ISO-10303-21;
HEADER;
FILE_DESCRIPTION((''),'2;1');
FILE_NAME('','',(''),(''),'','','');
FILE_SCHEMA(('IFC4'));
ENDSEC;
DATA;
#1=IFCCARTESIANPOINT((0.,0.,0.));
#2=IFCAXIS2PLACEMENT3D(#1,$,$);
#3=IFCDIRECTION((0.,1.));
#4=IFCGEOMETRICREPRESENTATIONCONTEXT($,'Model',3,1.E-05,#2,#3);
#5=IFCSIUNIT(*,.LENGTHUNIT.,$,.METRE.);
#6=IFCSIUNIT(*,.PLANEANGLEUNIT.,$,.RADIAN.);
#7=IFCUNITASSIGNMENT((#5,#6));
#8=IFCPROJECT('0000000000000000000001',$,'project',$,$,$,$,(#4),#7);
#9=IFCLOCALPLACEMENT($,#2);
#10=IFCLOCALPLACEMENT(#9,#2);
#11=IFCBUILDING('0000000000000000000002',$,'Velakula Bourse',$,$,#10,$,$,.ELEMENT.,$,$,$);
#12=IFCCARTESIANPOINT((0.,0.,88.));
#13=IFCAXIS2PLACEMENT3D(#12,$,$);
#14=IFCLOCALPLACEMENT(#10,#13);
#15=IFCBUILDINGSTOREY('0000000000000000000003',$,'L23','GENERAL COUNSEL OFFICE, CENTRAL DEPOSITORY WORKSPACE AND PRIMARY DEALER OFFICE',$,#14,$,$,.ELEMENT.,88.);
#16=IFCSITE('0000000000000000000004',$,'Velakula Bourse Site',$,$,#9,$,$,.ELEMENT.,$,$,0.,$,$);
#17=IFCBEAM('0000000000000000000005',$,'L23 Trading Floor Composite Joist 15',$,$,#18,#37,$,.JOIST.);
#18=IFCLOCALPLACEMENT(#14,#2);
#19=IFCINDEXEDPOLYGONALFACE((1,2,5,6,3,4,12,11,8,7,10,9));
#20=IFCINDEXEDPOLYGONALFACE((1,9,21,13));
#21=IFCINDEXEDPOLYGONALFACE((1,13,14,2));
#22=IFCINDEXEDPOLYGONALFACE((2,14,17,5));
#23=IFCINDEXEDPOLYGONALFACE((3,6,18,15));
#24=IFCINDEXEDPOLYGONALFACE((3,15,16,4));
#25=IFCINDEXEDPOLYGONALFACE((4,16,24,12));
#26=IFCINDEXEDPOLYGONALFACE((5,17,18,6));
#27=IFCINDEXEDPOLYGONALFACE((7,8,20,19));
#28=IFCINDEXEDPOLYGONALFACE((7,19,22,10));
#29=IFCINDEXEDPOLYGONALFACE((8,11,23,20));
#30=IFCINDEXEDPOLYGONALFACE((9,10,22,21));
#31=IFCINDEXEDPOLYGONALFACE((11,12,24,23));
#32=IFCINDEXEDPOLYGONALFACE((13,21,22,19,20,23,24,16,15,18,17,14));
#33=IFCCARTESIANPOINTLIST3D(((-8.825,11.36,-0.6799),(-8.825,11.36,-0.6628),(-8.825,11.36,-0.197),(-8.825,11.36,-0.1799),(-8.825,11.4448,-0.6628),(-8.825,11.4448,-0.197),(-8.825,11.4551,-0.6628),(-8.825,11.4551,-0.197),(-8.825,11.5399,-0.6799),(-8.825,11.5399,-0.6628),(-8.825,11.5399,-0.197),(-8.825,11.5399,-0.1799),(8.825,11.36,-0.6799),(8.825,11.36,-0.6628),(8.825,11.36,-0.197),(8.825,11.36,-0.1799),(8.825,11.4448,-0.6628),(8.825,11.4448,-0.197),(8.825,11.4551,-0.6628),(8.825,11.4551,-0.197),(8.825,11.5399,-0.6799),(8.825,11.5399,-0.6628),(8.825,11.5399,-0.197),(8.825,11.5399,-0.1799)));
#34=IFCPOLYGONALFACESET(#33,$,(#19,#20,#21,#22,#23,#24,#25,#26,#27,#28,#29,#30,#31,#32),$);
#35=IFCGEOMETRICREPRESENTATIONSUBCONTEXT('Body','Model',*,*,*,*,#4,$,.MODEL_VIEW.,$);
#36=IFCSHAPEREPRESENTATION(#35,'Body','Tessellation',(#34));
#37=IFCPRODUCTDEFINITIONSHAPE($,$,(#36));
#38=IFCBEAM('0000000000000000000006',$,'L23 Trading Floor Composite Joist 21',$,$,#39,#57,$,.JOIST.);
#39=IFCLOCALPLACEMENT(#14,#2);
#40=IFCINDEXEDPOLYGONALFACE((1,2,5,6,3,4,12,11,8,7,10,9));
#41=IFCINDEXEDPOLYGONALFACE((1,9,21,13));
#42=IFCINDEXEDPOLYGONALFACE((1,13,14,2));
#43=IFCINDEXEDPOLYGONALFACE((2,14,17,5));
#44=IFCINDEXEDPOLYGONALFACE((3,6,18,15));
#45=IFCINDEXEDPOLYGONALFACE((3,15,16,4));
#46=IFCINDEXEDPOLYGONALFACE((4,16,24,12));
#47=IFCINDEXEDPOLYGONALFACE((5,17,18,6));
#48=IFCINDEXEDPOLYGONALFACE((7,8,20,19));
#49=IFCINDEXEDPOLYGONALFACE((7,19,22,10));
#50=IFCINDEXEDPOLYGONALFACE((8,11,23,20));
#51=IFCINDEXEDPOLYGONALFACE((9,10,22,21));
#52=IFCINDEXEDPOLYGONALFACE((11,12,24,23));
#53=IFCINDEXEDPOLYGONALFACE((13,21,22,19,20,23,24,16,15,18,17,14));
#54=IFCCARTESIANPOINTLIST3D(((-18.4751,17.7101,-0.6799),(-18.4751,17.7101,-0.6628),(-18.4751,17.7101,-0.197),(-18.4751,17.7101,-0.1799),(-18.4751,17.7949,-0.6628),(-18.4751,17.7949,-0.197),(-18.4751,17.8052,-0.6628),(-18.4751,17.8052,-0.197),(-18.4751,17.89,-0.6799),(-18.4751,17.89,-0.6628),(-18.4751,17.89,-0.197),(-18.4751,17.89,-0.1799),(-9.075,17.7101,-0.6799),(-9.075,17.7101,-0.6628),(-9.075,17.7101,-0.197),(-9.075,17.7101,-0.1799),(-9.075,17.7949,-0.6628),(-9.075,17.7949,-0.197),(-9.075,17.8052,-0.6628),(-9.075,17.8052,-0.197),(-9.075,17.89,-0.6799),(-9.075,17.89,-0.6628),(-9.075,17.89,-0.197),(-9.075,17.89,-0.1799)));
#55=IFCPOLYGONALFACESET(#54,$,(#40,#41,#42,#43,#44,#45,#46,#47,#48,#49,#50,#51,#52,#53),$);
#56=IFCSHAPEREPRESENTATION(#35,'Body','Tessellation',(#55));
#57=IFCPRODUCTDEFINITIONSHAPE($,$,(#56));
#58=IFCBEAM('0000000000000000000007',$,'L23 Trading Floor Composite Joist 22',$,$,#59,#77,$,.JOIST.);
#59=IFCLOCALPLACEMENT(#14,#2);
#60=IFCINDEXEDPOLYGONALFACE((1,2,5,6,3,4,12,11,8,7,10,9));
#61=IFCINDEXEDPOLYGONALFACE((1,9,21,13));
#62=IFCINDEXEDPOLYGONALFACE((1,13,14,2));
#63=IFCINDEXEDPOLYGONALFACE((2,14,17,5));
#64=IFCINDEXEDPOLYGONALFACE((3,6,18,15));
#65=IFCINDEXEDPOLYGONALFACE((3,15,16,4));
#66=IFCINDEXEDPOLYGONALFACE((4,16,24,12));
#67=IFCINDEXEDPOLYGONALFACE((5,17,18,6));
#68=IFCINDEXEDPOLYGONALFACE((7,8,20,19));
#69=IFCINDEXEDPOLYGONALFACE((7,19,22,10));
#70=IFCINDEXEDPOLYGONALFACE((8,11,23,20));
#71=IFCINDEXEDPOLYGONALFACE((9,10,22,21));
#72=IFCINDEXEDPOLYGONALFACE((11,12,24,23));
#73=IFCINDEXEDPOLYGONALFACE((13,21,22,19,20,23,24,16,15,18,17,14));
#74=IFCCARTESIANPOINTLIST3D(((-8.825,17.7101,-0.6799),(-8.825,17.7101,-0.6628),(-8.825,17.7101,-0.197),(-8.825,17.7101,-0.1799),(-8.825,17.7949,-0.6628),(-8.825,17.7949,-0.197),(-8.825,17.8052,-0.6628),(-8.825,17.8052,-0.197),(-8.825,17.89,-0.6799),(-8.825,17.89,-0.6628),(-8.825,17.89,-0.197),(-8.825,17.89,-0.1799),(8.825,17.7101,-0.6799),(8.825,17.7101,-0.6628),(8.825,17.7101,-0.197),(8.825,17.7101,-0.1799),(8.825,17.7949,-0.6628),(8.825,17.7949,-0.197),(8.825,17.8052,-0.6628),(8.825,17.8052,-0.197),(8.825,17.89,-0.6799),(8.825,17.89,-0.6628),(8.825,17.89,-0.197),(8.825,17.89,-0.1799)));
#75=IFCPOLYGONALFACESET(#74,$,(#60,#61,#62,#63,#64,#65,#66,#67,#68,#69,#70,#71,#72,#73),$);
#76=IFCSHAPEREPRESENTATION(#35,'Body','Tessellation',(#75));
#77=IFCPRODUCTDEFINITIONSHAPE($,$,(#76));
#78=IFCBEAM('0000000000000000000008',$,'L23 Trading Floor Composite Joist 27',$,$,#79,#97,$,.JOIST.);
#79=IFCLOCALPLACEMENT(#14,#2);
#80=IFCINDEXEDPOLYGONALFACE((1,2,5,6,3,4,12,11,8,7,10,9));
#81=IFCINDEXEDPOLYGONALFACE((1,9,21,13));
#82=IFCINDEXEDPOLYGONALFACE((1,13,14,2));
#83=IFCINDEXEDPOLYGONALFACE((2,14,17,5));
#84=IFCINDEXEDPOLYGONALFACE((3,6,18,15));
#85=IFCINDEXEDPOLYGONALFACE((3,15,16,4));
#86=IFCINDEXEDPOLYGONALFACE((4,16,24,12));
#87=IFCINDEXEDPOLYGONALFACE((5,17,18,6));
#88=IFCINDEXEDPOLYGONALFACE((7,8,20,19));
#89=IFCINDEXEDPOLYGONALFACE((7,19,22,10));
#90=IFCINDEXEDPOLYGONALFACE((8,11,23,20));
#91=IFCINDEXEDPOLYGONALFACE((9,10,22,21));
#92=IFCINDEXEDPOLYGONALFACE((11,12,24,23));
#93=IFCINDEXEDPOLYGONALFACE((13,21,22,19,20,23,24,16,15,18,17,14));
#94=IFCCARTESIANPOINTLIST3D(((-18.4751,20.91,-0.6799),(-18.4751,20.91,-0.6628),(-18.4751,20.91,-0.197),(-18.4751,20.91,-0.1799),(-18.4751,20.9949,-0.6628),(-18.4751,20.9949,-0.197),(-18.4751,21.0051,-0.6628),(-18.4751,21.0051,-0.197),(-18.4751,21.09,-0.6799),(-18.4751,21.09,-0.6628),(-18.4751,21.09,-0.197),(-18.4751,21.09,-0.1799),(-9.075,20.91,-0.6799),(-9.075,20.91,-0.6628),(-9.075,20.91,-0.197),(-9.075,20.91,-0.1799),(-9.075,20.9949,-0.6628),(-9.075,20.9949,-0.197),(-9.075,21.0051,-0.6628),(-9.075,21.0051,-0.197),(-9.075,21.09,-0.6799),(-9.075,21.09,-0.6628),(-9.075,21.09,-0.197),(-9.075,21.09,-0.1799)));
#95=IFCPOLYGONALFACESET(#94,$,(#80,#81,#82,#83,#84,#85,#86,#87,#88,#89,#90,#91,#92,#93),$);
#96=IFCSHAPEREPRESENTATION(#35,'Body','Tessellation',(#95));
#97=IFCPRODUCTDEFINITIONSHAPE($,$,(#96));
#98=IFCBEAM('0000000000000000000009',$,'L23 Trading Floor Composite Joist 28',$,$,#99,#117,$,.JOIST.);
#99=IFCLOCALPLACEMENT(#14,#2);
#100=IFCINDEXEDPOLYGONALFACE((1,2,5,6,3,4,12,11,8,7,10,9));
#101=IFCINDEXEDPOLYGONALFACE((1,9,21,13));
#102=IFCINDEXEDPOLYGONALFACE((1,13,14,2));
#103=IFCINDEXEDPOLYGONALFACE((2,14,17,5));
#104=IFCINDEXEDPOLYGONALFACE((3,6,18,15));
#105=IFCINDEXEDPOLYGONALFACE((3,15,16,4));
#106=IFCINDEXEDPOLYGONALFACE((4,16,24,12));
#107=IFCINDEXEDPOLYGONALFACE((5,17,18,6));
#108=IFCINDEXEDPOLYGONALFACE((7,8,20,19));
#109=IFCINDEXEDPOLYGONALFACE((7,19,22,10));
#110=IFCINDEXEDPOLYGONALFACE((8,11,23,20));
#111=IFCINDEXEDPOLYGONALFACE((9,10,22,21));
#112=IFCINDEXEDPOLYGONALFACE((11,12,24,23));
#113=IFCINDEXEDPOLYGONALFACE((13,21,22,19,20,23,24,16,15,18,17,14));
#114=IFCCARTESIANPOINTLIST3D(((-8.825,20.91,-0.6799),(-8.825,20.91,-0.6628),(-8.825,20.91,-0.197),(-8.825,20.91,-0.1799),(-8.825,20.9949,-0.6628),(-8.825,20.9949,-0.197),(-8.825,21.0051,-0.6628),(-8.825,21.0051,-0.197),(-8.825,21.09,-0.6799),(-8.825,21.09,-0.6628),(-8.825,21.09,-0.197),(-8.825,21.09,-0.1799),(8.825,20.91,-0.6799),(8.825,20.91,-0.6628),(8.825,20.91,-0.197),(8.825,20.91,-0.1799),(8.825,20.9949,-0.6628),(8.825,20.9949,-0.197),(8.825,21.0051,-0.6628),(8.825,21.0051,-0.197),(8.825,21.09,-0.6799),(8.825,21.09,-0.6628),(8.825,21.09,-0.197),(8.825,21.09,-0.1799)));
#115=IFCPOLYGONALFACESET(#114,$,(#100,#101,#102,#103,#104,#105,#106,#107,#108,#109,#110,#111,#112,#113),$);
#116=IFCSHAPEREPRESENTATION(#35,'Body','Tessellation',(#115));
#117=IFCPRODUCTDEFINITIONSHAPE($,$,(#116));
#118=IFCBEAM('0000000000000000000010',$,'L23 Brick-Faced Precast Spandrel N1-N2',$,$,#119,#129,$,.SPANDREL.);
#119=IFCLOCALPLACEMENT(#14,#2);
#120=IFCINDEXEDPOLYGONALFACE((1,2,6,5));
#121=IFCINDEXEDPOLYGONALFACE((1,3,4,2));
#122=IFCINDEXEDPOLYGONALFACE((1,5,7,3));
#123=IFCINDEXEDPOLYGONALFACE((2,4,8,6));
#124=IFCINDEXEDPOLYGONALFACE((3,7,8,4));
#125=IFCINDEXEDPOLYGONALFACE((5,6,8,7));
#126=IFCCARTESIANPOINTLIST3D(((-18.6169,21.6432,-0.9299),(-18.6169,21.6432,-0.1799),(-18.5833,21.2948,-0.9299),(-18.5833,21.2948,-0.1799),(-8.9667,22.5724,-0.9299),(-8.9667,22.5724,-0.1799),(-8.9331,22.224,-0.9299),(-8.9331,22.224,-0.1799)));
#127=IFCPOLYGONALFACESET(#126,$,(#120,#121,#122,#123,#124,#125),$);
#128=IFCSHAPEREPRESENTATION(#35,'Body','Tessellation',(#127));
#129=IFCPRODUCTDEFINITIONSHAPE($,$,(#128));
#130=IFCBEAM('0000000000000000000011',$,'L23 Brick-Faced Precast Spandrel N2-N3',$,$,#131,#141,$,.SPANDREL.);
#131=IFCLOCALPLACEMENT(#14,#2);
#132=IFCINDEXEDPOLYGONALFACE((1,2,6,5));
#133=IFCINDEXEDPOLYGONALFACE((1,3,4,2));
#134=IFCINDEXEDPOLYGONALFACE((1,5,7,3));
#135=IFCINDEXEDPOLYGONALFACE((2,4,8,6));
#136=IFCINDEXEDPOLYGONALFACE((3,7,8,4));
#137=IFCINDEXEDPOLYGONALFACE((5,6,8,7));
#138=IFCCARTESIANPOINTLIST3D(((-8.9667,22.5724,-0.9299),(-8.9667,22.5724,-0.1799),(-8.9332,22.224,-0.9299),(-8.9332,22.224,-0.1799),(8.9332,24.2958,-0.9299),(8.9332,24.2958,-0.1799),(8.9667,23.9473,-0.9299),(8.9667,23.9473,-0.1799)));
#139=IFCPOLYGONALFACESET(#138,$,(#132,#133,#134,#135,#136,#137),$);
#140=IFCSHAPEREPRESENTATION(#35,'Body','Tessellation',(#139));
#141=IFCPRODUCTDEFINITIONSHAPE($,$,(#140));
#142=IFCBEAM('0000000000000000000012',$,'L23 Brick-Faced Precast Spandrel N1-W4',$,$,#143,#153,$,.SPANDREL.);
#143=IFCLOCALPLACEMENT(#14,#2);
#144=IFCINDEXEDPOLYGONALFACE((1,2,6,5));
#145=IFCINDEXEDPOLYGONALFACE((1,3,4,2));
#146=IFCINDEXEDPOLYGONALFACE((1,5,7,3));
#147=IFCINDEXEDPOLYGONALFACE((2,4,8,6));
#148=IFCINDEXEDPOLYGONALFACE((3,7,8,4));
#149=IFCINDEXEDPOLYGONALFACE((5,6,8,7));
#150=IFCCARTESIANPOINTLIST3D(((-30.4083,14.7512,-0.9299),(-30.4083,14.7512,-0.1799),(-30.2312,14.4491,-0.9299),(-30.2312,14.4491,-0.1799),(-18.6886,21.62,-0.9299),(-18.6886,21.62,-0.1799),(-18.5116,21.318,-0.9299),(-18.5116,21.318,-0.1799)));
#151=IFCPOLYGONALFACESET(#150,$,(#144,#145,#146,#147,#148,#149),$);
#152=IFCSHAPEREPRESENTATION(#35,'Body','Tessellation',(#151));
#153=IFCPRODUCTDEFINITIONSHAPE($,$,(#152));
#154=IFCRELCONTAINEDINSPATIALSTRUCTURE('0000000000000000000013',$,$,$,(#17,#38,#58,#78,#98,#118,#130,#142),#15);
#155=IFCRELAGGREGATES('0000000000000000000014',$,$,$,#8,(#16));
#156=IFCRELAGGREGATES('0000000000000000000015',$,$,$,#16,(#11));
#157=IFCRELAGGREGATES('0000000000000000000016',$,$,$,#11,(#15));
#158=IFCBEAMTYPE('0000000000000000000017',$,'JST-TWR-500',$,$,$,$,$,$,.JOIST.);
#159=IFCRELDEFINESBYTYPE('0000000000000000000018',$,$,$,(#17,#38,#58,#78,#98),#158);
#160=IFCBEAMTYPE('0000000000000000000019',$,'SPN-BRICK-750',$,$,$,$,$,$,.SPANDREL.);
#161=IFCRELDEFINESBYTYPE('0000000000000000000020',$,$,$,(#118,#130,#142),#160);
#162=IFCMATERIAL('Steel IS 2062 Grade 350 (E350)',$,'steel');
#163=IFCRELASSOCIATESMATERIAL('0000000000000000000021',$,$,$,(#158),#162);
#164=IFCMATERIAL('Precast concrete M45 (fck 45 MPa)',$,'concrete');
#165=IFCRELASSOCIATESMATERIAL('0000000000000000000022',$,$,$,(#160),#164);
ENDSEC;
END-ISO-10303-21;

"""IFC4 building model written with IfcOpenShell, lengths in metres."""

from ifc_helpers import new_model, si_unit, direction, frame, origin, origin_2d, place, context, subcontext, project, spatial, rectangle, i_section, extrude, material, material_profile, profile_set, type_object, element, save


model = new_model("IFC4")

# Units and contexts
model_context = context("Model", 3, precision=1e-05, world=origin(), true_north=direction((0.0, 1.0)))
body_context = subcontext(model_context, "Body", "Model", "MODEL_VIEW")
ifc_project = project(units=[si_unit("LENGTHUNIT", "METRE"), si_unit("PLANEANGLEUNIT", "RADIAN")], contexts=[model_context])

# Site, building, storey
site_placement = place(None, origin())
site = spatial("IfcSite", under=ifc_project, at=site_placement, Name="Velakula Bourse Site", CompositionType="ELEMENT", RefElevation=0.0)
building_placement = place(site_placement, origin())
building = spatial("IfcBuilding", under=site, at=building_placement, Name="Velakula Bourse", CompositionType="ELEMENT")
storey_placement = place(building_placement, frame((0.0, 0.0, 88.0)))
storey = spatial("IfcBuildingStorey", under=building, at=storey_placement, Name="L23", Description="GENERAL COUNSEL OFFICE, CENTRAL DEPOSITORY WORKSPACE AND PRIMARY DEALER OFFICE", CompositionType="ELEMENT", Elevation=88.0)

# Beams
ifc_material_1 = material(Name="Steel IS 2062 Grade 350 (E350)", Category="steel")
ifc_material_profile_1 = material_profile(ifc_material_1, i_section(OverallWidth=0.1799, OverallDepth=0.5, WebThickness=0.0103, FlangeThickness=0.0171, at=origin_2d()), Name="Steel IS 2062 Grade 350 (E350)")
ifc_profile_set_1 = profile_set([ifc_material_profile_1], Name="Steel IS 2062 Grade 350 (E350)")
beam_type_1 = type_object("IfcBeamType", Name="JST-TWR-500", PredefinedType="JOIST", material=ifc_profile_set_1)
beam_1_placement = place(storey_placement, frame((-8.825, 11.45, -0.4299), z_axis=(1.0, 0.0, 0.0), x_axis=(0.0, 1.0, 0.0)))
element("IfcBeam", 1, at=beam_1_placement, inside=storey, type_object=beam_type_1, Name="L23 Trading Floor Composite Joist 15", PredefinedType="JOIST", context=body_context, shape_type="SweptSolid", body=[
    extrude(i_section(OverallWidth=0.1799, OverallDepth=0.5, WebThickness=0.0103, FlangeThickness=0.0171, at=origin_2d()), origin(), (0.0, 0.0, 1.0), 17.6499),
])
beam_2_placement = place(storey_placement, frame((-18.4751, 17.8, -0.4299), z_axis=(1.0, 0.0, 0.0), x_axis=(0.0, 1.0, 0.0)))
element("IfcBeam", 2, at=beam_2_placement, inside=storey, type_object=beam_type_1, Name="L23 Trading Floor Composite Joist 21", PredefinedType="JOIST", context=body_context, shape_type="SweptSolid", body=[
    extrude(i_section(OverallWidth=0.1799, OverallDepth=0.5, WebThickness=0.0103, FlangeThickness=0.0171, at=origin_2d()), origin(), (0.0, 0.0, 1.0), 9.4001),
])
beam_3_placement = place(storey_placement, frame((-8.825, 17.8, -0.4299), z_axis=(1.0, 0.0, 0.0), x_axis=(0.0, 1.0, 0.0)))
element("IfcBeam", 3, at=beam_3_placement, inside=storey, type_object=beam_type_1, Name="L23 Trading Floor Composite Joist 22", PredefinedType="JOIST", context=body_context, shape_type="SweptSolid", body=[
    extrude(i_section(OverallWidth=0.1799, OverallDepth=0.5, WebThickness=0.0103, FlangeThickness=0.0171, at=origin_2d()), origin(), (0.0, 0.0, 1.0), 17.6499),
])
beam_4_placement = place(storey_placement, frame((-18.4751, 21.0, -0.4299), z_axis=(1.0, 0.0, 0.0), x_axis=(0.0, 1.0, 0.0)))
element("IfcBeam", 4, at=beam_4_placement, inside=storey, type_object=beam_type_1, Name="L23 Trading Floor Composite Joist 27", PredefinedType="JOIST", context=body_context, shape_type="SweptSolid", body=[
    extrude(i_section(OverallWidth=0.1799, OverallDepth=0.5, WebThickness=0.0103, FlangeThickness=0.0171, at=origin_2d()), origin(), (0.0, 0.0, 1.0), 9.4001),
])
beam_5_placement = place(storey_placement, frame((-8.825, 21.0, -0.4299), z_axis=(1.0, 0.0, 0.0), x_axis=(0.0, 1.0, 0.0)))
element("IfcBeam", 5, at=beam_5_placement, inside=storey, type_object=beam_type_1, Name="L23 Trading Floor Composite Joist 28", PredefinedType="JOIST", context=body_context, shape_type="SweptSolid", body=[
    extrude(i_section(OverallWidth=0.1799, OverallDepth=0.5, WebThickness=0.0103, FlangeThickness=0.0171, at=origin_2d()), origin(), (0.0, 0.0, 1.0), 17.6499),
])
ifc_material_2 = material(Name="Precast concrete M45 (fck 45 MPa)", Category="concrete")
ifc_material_profile_2 = material_profile(ifc_material_2, rectangle(XDim=0.3501, YDim=0.75, at=origin_2d()), Name="Precast concrete M45 (fck 45 MPa)")
ifc_profile_set_2 = profile_set([ifc_material_profile_2], Name="Precast concrete M45 (fck 45 MPa)")
beam_type_2 = type_object("IfcBeamType", Name="SPN-BRICK-750", PredefinedType="SPANDREL", material=ifc_profile_set_2)
beam_6_placement = place(storey_placement, frame((-18.6001, 21.469, -0.5549), z_axis=(0.995396, 0.095845, 0.0), x_axis=(-0.095845, 0.995396, 0.0)))
element("IfcBeam", 6, at=beam_6_placement, inside=storey, type_object=beam_type_2, Name="L23 Brick-Faced Precast Spandrel N1-N2", PredefinedType="SPANDREL", context=body_context, shape_type="SweptSolid", body=[
    extrude(rectangle(XDim=0.3501, YDim=0.75, at=origin_2d()), origin(), (0.0, 0.0, 1.0), 9.6948),
])
beam_7_placement = place(storey_placement, frame((-8.95, 22.3982, -0.5549), z_axis=(0.995397, 0.095836, 0.0), x_axis=(-0.095836, 0.995397, 0.0)))
element("IfcBeam", 7, at=beam_7_placement, inside=storey, type_object=beam_type_2, Name="L23 Brick-Faced Precast Spandrel N2-N3", PredefinedType="SPANDREL", context=body_context, shape_type="SweptSolid", body=[
    extrude(rectangle(XDim=0.3501, YDim=0.75, at=origin_2d()), origin(), (0.0, 0.0, 1.0), 17.9827),
])
beam_8_placement = place(storey_placement, frame((-18.6001, 21.469, -0.5549), z_axis=(-0.862739, -0.505649, 0.0), x_axis=(0.505649, -0.862739, 0.0)))
element("IfcBeam", 8, at=beam_8_placement, inside=storey, type_object=beam_type_2, Name="L23 Brick-Faced Precast Spandrel N1-W4", PredefinedType="SPANDREL", context=body_context, shape_type="SweptSolid", body=[
    extrude(rectangle(XDim=0.3501, YDim=0.75, at=origin_2d()), origin(), (0.0, 0.0, 1.0), 13.5842),
])

save(model, "model.ifc")
